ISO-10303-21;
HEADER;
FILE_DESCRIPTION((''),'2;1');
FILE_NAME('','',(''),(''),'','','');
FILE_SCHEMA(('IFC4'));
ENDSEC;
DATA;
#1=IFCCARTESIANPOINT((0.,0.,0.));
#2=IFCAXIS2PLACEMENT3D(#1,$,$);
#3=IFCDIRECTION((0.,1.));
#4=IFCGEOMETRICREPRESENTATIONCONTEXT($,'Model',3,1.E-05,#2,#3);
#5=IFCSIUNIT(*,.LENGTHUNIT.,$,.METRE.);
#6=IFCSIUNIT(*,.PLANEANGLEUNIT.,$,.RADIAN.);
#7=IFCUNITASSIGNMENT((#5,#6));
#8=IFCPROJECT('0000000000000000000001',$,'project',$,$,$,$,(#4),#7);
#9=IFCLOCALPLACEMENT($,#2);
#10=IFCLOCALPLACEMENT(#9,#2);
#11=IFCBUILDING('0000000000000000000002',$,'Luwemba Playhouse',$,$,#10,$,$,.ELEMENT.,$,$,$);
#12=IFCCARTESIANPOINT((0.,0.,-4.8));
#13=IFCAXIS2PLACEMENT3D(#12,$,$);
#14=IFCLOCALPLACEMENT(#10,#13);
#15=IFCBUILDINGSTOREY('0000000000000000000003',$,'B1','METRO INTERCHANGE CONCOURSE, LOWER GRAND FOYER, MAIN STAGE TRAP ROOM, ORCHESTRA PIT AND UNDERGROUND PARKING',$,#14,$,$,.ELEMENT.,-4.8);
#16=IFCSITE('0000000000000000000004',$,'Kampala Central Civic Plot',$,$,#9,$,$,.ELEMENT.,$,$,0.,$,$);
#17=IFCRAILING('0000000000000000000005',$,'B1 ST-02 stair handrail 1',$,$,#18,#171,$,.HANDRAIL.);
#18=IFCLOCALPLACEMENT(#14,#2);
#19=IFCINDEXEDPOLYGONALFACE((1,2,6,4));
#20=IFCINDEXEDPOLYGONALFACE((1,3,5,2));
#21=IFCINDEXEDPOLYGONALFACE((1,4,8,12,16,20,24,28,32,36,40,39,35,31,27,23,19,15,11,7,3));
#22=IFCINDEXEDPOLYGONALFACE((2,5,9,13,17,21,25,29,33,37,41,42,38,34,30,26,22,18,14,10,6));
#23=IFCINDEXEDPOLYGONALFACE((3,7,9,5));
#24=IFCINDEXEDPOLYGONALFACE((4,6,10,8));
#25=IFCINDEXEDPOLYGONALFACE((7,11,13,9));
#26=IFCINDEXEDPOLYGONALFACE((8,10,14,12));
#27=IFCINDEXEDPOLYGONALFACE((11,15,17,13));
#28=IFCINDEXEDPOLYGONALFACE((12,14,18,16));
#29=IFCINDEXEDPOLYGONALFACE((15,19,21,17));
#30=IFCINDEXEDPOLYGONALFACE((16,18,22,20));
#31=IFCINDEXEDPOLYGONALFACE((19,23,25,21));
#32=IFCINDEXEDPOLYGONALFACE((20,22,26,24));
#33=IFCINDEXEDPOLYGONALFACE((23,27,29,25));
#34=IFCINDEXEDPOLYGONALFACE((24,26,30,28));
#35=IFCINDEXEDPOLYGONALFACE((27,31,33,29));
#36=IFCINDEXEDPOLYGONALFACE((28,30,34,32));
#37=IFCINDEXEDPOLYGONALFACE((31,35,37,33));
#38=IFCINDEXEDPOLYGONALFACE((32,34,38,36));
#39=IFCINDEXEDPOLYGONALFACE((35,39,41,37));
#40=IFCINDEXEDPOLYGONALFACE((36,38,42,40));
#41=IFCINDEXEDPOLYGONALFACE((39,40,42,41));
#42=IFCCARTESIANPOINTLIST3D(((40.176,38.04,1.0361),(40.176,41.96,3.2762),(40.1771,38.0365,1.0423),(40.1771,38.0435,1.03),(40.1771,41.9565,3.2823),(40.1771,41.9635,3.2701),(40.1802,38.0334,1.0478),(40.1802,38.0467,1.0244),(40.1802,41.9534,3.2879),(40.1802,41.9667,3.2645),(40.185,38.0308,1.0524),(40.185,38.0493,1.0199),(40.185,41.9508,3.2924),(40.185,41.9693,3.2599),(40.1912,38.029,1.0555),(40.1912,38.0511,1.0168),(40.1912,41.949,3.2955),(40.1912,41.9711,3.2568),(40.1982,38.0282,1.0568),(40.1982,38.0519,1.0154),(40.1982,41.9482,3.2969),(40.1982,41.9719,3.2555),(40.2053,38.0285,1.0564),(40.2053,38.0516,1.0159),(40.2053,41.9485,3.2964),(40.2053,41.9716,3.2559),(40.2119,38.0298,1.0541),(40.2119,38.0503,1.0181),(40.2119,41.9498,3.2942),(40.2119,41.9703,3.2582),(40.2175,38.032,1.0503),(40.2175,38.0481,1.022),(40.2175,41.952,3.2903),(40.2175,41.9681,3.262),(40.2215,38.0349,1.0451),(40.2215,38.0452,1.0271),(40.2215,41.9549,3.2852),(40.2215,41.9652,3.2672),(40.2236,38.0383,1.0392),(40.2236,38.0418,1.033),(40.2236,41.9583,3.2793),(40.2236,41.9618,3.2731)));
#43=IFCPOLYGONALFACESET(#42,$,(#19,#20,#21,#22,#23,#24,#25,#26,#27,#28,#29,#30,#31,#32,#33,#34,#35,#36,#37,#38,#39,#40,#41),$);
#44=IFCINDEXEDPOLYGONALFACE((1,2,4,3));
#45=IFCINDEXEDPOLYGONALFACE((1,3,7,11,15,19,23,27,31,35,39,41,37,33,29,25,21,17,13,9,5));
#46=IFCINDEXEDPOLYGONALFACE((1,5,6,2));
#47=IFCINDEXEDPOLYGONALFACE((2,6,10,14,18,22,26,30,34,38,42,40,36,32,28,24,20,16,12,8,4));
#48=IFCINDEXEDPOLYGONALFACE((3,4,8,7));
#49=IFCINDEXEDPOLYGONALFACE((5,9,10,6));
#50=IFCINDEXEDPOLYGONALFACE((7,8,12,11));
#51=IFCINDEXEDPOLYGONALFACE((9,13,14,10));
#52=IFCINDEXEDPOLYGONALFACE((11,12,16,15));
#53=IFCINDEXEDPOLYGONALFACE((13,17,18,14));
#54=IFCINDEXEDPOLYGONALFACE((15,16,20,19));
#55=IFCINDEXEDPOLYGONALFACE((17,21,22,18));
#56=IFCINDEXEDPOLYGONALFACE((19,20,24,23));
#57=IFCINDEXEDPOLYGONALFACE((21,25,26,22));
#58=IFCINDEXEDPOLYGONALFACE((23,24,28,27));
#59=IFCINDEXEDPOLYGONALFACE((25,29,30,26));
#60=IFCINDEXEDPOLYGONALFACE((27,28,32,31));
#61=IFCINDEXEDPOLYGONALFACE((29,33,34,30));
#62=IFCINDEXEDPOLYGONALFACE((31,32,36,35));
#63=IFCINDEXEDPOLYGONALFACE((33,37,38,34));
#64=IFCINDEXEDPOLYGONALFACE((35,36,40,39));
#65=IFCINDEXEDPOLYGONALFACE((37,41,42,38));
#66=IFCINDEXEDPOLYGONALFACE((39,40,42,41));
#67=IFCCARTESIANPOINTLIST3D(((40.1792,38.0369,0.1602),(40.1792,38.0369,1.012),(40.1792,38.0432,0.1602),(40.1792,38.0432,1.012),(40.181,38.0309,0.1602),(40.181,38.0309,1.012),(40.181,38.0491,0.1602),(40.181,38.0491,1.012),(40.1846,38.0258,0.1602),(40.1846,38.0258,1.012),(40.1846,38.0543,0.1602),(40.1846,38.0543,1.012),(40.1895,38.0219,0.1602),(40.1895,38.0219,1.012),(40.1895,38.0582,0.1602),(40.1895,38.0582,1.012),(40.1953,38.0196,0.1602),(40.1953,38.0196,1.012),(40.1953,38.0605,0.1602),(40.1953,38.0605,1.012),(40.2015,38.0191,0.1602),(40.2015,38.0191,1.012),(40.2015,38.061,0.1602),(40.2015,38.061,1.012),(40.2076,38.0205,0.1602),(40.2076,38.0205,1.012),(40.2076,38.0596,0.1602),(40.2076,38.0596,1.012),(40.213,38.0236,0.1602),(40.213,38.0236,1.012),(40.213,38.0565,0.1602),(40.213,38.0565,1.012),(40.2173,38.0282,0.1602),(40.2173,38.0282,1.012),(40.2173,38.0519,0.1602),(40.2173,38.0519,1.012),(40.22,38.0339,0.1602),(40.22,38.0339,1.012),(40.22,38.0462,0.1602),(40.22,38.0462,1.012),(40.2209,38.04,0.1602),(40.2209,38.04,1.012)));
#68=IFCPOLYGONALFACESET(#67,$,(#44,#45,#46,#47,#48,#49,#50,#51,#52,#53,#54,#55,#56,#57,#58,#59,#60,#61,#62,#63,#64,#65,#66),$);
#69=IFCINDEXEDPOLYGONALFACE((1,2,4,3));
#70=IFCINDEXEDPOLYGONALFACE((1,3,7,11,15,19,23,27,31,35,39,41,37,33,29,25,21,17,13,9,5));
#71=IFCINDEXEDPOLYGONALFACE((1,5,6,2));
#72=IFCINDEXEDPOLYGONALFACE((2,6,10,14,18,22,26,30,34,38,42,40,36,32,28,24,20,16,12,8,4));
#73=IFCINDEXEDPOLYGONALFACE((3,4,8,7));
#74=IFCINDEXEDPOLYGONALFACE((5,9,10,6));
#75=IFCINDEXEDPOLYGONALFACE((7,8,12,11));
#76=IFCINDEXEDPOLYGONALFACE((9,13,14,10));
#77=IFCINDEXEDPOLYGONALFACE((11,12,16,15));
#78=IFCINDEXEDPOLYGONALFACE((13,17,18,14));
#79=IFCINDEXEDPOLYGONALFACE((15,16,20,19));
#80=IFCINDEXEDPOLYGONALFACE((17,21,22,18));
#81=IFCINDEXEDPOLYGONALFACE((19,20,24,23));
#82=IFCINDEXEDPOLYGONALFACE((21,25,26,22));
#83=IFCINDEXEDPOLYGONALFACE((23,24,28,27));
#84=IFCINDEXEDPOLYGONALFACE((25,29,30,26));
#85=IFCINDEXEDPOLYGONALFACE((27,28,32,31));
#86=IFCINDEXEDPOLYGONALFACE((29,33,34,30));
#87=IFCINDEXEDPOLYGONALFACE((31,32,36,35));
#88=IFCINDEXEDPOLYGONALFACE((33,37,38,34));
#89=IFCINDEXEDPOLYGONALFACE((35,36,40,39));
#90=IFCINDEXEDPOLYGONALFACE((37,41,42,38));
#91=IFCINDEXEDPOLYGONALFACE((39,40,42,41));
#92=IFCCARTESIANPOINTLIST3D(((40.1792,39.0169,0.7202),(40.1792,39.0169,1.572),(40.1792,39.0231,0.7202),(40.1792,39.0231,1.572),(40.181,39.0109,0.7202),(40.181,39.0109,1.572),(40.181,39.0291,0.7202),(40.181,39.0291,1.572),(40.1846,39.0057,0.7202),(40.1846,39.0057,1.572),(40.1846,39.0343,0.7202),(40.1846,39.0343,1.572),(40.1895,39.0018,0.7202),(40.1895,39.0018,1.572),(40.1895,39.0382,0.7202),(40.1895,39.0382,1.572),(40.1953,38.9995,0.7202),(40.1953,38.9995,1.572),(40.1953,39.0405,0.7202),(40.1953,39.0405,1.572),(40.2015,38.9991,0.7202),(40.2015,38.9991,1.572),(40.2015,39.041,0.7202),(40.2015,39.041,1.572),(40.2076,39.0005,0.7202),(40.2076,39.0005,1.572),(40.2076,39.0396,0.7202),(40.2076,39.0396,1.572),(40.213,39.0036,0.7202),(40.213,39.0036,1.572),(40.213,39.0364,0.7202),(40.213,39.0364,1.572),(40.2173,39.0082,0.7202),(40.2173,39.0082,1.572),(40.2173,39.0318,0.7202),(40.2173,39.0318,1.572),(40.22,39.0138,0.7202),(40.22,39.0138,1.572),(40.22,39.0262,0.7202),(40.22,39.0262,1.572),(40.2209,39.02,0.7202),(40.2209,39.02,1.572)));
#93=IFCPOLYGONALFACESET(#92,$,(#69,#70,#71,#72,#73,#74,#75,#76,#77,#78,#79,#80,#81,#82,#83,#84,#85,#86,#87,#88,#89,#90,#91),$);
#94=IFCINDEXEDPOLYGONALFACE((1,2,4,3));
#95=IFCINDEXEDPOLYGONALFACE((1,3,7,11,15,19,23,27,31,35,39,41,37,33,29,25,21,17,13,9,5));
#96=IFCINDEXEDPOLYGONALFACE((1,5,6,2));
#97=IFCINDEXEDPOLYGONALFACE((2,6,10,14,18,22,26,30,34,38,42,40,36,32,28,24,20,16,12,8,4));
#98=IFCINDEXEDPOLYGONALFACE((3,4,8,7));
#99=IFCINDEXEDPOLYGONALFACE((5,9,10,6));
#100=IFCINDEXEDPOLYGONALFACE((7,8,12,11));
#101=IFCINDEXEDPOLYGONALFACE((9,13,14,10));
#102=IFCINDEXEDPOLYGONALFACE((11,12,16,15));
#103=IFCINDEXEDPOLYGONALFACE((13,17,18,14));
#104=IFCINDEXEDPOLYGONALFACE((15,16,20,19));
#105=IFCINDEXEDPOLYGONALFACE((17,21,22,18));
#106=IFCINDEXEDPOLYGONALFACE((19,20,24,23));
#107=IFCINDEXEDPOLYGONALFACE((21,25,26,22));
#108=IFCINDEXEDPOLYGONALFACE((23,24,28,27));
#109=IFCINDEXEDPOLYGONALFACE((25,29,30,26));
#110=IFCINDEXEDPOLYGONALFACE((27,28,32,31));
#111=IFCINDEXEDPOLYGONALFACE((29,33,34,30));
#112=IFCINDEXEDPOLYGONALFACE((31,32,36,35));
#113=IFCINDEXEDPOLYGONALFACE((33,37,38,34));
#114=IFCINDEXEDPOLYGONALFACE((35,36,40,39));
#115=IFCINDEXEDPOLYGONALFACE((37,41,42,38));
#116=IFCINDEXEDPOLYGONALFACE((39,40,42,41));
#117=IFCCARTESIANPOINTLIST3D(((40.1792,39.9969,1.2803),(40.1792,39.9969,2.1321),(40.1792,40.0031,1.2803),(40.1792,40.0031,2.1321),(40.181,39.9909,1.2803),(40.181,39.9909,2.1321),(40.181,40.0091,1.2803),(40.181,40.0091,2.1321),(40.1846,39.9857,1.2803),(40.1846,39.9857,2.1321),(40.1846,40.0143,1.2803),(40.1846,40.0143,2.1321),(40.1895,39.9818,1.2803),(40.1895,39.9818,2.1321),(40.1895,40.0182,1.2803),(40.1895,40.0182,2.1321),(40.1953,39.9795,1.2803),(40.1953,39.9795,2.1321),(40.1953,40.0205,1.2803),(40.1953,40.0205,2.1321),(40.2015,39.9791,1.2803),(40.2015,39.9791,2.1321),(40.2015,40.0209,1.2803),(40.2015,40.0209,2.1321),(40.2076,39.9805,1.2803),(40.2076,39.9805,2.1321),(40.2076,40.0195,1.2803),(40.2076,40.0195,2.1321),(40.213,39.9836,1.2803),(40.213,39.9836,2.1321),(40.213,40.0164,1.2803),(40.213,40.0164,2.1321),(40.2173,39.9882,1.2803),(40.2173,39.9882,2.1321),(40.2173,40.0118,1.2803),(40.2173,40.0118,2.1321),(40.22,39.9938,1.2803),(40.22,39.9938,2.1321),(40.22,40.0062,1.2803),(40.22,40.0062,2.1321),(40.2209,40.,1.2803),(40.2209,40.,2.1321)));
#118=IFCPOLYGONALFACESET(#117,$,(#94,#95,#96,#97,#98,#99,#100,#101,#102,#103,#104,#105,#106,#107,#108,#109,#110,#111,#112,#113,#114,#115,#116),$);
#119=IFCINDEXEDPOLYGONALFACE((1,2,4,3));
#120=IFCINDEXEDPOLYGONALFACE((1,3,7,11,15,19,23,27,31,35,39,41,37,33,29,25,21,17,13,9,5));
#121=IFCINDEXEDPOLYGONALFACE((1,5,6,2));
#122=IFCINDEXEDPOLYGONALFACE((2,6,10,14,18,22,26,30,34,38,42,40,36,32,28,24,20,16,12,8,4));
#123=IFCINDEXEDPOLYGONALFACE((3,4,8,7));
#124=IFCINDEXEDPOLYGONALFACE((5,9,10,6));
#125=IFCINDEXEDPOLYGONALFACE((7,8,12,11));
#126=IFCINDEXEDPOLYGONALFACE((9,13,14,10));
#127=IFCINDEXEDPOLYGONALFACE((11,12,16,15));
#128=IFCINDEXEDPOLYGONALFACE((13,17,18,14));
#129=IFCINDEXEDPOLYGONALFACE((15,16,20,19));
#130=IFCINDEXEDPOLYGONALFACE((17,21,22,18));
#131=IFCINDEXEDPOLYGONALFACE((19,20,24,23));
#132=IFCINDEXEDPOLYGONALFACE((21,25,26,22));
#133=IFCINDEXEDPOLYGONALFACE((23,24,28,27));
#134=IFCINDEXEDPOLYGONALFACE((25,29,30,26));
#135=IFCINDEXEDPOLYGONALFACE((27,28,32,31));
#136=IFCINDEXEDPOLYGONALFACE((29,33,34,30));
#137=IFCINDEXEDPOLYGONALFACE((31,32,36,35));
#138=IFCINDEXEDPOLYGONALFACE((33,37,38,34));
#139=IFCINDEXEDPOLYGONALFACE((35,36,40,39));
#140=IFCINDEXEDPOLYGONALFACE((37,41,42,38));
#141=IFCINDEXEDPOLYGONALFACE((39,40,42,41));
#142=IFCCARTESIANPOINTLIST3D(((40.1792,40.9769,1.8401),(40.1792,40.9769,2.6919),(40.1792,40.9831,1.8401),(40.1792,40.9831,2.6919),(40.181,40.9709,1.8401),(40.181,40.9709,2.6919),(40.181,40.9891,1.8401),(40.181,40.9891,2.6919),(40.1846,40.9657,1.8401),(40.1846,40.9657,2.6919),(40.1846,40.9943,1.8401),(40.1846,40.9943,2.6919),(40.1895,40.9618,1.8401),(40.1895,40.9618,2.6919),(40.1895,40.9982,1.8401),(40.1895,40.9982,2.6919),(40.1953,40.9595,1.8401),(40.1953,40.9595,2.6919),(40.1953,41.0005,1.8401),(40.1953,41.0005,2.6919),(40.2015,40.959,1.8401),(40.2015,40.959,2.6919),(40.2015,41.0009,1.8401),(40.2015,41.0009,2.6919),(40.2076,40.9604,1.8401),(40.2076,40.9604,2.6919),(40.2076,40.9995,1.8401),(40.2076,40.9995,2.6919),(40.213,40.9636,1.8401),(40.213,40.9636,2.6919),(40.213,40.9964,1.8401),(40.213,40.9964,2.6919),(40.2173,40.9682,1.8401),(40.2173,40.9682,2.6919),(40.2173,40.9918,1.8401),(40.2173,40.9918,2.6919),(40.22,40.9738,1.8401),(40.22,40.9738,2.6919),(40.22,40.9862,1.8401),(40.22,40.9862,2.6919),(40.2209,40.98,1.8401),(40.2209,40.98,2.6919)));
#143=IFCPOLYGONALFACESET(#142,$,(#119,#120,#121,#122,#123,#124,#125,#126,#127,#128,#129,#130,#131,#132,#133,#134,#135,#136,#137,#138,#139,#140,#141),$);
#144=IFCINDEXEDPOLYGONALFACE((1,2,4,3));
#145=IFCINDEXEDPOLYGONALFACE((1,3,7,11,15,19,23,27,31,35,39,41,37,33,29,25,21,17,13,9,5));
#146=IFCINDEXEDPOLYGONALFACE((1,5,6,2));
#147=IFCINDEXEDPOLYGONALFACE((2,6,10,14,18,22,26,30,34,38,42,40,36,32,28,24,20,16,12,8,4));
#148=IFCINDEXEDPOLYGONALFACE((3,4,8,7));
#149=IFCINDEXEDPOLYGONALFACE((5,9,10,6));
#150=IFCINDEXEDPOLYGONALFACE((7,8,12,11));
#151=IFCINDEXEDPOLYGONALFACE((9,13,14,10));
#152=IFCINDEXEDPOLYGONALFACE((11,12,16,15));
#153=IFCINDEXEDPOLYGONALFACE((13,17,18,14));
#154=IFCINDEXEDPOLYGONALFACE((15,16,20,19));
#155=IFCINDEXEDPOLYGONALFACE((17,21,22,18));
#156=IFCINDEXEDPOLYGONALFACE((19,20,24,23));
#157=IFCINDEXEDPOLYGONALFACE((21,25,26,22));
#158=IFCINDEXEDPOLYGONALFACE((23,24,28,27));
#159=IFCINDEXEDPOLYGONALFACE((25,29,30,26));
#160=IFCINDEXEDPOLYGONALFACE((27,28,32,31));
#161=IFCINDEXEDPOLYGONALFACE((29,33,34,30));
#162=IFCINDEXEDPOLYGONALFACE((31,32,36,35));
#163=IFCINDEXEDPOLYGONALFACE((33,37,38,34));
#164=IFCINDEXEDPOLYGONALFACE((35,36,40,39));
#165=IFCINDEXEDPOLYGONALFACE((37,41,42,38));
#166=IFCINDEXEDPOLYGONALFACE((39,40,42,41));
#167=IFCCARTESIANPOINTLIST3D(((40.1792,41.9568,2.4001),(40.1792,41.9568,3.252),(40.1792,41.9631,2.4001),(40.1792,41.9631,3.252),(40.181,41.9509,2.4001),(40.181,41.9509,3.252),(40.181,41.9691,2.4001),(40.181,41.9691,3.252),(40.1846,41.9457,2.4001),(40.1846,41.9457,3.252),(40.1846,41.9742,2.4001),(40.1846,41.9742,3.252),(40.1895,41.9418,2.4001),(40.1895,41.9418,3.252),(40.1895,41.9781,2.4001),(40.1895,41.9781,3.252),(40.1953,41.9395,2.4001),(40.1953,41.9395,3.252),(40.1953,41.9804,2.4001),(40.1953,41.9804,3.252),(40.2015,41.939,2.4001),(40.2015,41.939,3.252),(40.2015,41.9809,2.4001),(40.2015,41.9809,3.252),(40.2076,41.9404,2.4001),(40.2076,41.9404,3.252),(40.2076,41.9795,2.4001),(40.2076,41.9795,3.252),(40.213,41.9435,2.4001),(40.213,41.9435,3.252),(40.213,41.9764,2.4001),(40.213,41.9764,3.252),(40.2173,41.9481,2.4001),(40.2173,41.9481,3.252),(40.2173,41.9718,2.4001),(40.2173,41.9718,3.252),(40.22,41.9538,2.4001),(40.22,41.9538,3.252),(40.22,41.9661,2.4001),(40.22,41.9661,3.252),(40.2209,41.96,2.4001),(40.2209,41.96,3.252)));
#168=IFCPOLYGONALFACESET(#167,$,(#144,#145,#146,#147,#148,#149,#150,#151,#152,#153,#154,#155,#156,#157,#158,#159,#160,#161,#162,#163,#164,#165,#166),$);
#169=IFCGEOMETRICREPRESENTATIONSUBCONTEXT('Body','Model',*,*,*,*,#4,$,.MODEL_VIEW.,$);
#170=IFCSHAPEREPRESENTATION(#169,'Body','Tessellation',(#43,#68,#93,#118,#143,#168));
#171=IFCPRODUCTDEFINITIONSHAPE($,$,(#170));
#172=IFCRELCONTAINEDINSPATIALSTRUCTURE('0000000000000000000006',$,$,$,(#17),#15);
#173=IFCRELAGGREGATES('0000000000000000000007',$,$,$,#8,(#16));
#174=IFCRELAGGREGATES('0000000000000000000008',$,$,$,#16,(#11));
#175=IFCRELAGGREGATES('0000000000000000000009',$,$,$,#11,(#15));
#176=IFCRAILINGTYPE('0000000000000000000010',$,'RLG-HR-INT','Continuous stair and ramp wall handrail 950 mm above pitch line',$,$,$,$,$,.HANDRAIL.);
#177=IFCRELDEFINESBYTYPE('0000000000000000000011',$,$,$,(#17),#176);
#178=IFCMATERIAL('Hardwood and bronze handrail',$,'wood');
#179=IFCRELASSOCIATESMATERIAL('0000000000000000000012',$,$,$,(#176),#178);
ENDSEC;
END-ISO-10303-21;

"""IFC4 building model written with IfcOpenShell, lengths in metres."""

from ifc_helpers import new_model, si_unit, direction, frame, origin, origin_2d, place, context, subcontext, project, spatial, circle, extrude, material, type_object, element, save


model = new_model("IFC4")

# Units and contexts
model_context = context("Model", 3, precision=1e-05, world=origin(), true_north=direction((0.0, 1.0)))
body_context = subcontext(model_context, "Body", "Model", "MODEL_VIEW")
ifc_project = project(units=[si_unit("LENGTHUNIT", "METRE"), si_unit("PLANEANGLEUNIT", "RADIAN")], contexts=[model_context])

# Site, building, storey
site_placement = place(None, origin())
site = spatial("IfcSite", under=ifc_project, at=site_placement, Name="Kampala Central Civic Plot", CompositionType="ELEMENT", RefElevation=0.0)
building_placement = place(site_placement, origin())
building = spatial("IfcBuilding", under=site, at=building_placement, Name="Luwemba Playhouse", CompositionType="ELEMENT")
storey_placement = place(building_placement, frame((0.0, 0.0, -4.8)))
storey = spatial("IfcBuildingStorey", under=building, at=storey_placement, Name="B1", Description="METRO INTERCHANGE CONCOURSE, LOWER GRAND FOYER, MAIN STAGE TRAP ROOM, ORCHESTRA PIT AND UNDERGROUND PARKING", CompositionType="ELEMENT", Elevation=-4.8)

# Railing
ifc_material_1 = material(Name="Hardwood and bronze handrail", Category="wood")
railing_type_1 = type_object("IfcRailingType", Name="RLG-HR-INT", Description="Continuous stair and ramp wall handrail 950 mm above pitch line", PredefinedType="HANDRAIL", material=ifc_material_1)
railing_1_placement = place(storey_placement, frame((40.2, 38.04, 0.1602)))
element("IfcRailing", 1, at=railing_1_placement, inside=storey, type_object=railing_type_1, Name="B1 ST-02 stair handrail 1", PredefinedType="HANDRAIL", context=body_context, shape_type="SweptSolid", body=[
    extrude(circle(Radius=0.0239, at=origin_2d()), frame((0.0, 0.0, 0.876), z_axis=(0.0, 0.86824, 0.496145), x_axis=(-1.0, 0.0, 0.0)), (0.0, 0.0, 1.0), 4.5149),
    extrude(circle(Radius=0.021, at=origin_2d()), origin(), (0.0, 0.0, 1.0), 0.8518),
    extrude(circle(Radius=0.021, at=origin_2d()), frame((0.0, 0.98, 0.5601)), (0.0, 0.0, 1.0), 0.8518),
    extrude(circle(Radius=0.021, at=origin_2d()), frame((0.0, 1.96, 1.1201)), (0.0, 0.0, 1.0), 0.8518),
    extrude(circle(Radius=0.021, at=origin_2d()), frame((0.0, 2.9399, 1.6799)), (0.0, 0.0, 1.0), 0.8518),
    extrude(circle(Radius=0.021, at=origin_2d()), frame((0.0, 3.9199, 2.24)), (0.0, 0.0, 1.0), 0.8518),
])

save(model, "model.ifc")
